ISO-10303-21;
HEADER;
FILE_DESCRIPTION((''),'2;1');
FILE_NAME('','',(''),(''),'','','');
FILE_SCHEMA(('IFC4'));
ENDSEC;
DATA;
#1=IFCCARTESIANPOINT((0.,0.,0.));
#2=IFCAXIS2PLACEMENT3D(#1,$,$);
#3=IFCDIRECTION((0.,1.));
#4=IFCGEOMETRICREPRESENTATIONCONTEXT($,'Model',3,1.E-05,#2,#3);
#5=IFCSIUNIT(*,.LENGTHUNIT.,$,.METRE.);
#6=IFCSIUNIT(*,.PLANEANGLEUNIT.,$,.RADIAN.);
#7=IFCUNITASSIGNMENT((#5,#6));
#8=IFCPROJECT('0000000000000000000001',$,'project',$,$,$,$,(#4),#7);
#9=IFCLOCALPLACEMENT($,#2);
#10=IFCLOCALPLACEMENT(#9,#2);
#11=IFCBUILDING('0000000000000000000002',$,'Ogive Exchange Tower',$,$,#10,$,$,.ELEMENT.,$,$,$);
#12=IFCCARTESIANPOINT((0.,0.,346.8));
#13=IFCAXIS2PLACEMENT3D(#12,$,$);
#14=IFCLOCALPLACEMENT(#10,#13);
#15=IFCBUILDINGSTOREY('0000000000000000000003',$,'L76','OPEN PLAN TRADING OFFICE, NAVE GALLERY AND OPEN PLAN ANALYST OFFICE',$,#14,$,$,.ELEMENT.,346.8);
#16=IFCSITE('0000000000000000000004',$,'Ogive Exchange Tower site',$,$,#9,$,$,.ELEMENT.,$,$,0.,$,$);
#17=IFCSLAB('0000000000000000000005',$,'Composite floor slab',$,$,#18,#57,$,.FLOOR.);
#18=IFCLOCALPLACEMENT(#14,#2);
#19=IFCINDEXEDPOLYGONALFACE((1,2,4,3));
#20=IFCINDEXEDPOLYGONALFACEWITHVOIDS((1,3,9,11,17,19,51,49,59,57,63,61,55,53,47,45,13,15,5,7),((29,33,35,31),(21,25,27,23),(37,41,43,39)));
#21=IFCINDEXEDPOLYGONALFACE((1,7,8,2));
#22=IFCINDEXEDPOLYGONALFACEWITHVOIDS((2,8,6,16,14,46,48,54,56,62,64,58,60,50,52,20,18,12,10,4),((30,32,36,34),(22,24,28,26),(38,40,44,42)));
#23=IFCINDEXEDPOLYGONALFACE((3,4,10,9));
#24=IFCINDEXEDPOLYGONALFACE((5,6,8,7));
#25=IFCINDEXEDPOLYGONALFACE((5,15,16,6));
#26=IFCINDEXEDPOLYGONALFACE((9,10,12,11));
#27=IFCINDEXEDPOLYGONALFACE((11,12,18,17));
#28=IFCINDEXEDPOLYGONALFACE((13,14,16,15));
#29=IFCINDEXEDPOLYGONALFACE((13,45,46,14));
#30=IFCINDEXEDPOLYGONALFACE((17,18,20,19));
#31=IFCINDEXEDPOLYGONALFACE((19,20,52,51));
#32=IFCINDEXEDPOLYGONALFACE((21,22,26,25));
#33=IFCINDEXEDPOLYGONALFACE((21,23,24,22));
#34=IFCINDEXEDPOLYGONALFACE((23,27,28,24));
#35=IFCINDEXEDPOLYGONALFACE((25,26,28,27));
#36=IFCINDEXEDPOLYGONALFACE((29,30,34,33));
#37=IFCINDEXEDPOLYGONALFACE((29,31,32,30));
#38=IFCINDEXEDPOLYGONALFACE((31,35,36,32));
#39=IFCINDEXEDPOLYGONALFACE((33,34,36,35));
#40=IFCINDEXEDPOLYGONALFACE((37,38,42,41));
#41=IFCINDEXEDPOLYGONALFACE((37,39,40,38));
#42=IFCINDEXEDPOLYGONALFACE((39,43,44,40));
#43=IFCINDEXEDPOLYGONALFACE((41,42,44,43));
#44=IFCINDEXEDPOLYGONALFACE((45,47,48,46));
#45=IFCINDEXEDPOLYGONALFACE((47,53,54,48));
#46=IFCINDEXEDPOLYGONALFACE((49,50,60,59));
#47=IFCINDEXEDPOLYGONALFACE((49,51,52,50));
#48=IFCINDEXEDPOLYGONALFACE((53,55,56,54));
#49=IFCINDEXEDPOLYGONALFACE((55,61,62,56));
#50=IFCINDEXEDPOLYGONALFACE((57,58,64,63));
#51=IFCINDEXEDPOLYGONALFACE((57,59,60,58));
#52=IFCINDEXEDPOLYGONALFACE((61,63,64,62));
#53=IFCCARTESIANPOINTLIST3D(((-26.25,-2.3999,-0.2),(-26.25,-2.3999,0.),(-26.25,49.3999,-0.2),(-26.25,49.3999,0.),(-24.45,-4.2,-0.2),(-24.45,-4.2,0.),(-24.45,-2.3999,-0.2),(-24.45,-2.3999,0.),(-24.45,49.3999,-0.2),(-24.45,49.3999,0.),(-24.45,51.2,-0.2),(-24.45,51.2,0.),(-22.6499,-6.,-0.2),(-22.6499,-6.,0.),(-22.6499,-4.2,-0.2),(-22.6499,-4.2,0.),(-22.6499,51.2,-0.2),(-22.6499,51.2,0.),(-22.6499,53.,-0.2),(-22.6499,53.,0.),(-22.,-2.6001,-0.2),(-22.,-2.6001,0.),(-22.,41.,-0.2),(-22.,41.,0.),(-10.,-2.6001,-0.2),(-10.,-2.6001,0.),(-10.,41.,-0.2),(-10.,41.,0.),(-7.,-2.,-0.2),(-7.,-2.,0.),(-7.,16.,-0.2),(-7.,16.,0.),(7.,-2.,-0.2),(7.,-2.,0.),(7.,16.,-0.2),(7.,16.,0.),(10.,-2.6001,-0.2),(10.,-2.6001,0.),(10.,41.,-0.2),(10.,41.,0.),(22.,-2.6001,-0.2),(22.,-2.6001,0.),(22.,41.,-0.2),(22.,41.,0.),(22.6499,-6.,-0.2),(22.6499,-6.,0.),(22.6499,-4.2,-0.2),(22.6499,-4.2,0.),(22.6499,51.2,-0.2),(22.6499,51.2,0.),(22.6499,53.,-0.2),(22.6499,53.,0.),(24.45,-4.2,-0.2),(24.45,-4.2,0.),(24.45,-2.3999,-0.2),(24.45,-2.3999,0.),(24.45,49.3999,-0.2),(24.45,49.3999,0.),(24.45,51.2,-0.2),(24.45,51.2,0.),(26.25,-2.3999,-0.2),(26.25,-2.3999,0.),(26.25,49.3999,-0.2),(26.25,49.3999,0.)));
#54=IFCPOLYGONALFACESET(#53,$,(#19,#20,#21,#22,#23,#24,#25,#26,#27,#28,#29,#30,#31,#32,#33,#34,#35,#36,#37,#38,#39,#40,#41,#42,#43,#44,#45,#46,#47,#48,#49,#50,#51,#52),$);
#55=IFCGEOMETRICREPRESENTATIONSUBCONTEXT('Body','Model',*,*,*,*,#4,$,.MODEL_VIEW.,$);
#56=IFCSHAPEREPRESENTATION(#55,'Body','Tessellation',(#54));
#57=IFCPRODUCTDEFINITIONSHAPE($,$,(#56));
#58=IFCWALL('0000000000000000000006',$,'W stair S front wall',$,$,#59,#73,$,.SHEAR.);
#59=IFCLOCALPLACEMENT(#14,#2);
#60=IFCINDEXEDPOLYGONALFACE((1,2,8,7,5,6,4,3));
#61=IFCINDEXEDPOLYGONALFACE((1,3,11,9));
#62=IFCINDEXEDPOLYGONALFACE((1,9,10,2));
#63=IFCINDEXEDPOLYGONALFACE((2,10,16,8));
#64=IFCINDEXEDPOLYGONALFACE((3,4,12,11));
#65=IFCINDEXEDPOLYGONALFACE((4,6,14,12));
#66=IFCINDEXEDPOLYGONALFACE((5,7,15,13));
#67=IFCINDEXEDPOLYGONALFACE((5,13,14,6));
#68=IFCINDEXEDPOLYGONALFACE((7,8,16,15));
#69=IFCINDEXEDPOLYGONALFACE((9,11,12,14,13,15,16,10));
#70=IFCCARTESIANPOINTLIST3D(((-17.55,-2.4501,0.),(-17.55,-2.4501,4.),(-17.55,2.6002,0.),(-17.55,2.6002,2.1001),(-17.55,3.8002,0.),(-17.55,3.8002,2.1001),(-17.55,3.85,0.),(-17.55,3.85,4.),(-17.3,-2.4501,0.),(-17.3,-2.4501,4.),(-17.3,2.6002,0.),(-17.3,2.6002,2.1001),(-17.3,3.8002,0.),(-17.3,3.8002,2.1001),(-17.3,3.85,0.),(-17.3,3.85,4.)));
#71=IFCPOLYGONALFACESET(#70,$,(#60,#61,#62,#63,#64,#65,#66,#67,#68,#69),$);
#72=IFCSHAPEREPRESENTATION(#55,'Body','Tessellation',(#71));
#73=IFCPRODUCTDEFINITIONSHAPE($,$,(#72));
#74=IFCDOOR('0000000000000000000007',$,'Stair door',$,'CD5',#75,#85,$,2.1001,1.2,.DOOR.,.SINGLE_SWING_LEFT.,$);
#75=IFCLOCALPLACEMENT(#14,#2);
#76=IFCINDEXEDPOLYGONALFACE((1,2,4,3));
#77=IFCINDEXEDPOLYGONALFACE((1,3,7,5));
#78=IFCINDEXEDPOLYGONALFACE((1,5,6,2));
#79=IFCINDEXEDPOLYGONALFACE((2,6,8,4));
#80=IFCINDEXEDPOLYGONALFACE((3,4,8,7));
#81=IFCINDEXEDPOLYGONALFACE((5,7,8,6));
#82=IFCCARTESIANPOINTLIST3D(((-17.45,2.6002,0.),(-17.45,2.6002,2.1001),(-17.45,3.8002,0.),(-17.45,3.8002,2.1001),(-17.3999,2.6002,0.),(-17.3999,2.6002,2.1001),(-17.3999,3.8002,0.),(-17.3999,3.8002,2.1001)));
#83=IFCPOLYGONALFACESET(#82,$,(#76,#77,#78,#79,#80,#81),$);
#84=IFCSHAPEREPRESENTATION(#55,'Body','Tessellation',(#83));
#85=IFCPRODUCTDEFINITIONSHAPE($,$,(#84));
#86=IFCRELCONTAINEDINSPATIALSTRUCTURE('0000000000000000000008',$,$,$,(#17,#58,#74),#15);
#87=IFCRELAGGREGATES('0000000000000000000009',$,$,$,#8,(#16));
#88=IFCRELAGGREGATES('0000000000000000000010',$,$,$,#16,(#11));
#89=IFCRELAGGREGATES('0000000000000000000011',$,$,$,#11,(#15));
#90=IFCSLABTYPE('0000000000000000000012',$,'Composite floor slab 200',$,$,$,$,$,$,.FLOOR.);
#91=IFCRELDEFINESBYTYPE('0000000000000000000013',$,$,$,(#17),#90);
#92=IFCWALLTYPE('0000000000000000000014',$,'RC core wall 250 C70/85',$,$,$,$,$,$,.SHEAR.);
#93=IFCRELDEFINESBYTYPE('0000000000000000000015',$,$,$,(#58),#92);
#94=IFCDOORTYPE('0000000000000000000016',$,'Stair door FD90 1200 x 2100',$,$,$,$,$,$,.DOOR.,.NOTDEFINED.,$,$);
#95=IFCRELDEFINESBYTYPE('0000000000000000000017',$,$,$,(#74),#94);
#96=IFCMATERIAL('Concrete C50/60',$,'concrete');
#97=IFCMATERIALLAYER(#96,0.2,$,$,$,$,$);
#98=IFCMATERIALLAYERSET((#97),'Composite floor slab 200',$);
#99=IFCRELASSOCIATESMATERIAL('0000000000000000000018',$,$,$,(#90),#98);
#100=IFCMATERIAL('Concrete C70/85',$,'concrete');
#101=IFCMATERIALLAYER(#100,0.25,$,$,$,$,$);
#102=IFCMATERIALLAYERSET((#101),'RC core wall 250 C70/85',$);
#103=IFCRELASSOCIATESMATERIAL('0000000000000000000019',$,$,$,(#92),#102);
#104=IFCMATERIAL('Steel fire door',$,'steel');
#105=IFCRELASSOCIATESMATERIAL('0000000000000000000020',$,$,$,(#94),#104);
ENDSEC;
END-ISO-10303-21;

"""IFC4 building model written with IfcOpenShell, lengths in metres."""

from ifc_helpers import new_model, si_unit, direction, frame, frame_2d, origin, place, context, subcontext, project, spatial, polyline, rectangle, outline, extrude, material, layer, layer_set, type_object, element, fill, save


model = new_model("IFC4")

# Units and contexts
model_context = context("Model", 3, precision=1e-05, world=origin(), true_north=direction((0.0, 1.0)))
body_context = subcontext(model_context, "Body", "Model", "MODEL_VIEW")
ifc_project = project(units=[si_unit("LENGTHUNIT", "METRE"), si_unit("PLANEANGLEUNIT", "RADIAN")], contexts=[model_context])

# Site, building, storey
site_placement = place(None, origin())
site = spatial("IfcSite", under=ifc_project, at=site_placement, Name="Ogive Exchange Tower site", CompositionType="ELEMENT", RefElevation=0.0)
building_placement = place(site_placement, origin())
building = spatial("IfcBuilding", under=site, at=building_placement, Name="Ogive Exchange Tower", CompositionType="ELEMENT")
storey_placement = place(building_placement, frame((0.0, 0.0, 346.8)))
storey = spatial("IfcBuildingStorey", under=building, at=storey_placement, Name="L76", Description="OPEN PLAN TRADING OFFICE, NAVE GALLERY AND OPEN PLAN ANALYST OFFICE", CompositionType="ELEMENT", Elevation=346.8)

# Slab
ifc_material_1 = material(Name="Concrete C50/60", Category="concrete")
ifc_layer_1 = layer(ifc_material_1, 0.2)
ifc_layer_set_1 = layer_set([ifc_layer_1], Name="Composite floor slab 200")
slab_type = type_object("IfcSlabType", Name="Composite floor slab 200", PredefinedType="FLOOR", material=ifc_layer_set_1)
slab_placement = place(storey_placement, frame((0.0, 0.0, -0.2)))
element("IfcSlab", 1, at=slab_placement, inside=storey, type_object=slab_type, Name="Composite floor slab", PredefinedType="FLOOR", context=body_context, shape_type="SweptSolid", body=[
    extrude(outline(polyline([(-22.6499, -4.2), (-24.45, -4.2), (-24.45, -2.3999), (-26.25, -2.3999), (-26.25, 49.3999), (-24.45, 49.3999), (-24.45, 51.2), (-22.6499, 51.2), (-22.6499, 53.0), (22.6499, 53.0), (22.6499, 51.2), (24.45, 51.2), (24.45, 49.3999), (26.25, 49.3999), (26.25, -2.3999), (24.45, -2.3999), (24.45, -4.2), (22.6499, -4.2), (22.6499, -6.0), (-22.6499, -6.0), (-22.6499, -4.2)]), holes=[polyline([(7.0, -2.0), (7.0, 16.0), (-7.0, 16.0), (-7.0, -2.0), (7.0, -2.0)]), polyline([(-22.0, -2.6001), (-10.0, -2.6001), (-10.0, 41.0), (-22.0, 41.0), (-22.0, -2.6001)]), polyline([(10.0, -2.6001), (22.0, -2.6001), (22.0, 41.0), (10.0, 41.0), (10.0, -2.6001)])]), origin(), (0.0, 0.0, 1.0), 0.2),
])

# Wall, opening, door
ifc_material_2 = material(Name="Concrete C70/85", Category="concrete")
ifc_layer_2 = layer(ifc_material_2, 0.25)
ifc_layer_set_2 = layer_set([ifc_layer_2], Name="RC core wall 250 C70/85")
wall_type_1 = type_object("IfcWallType", Name="RC core wall 250 C70/85", PredefinedType="SHEAR", material=ifc_layer_set_2)
wall_1_placement = place(storey_placement, frame((-17.425, -2.45, 0.0), z_axis=(0.0, 0.0, 1.0), x_axis=(0.0, 1.0, 0.0)))
wall_1 = element("IfcWall", 2, at=wall_1_placement, inside=storey, type_object=wall_type_1, Name="W stair S front wall", PredefinedType="SHEAR", context=body_context, shape_type="SweptSolid", body=[
    extrude(rectangle(XDim=6.3, YDim=0.25, at=frame_2d((3.1499, 0.0))), origin(), (0.0, 0.0, 1.0), 4.0),
])
opening_1_placement = place(wall_1_placement, frame((5.05, 0.0, 0.0)))
opening_1 = element("IfcOpeningElement", 3, at=opening_1_placement, cuts=wall_1, PredefinedType="OPENING", context=body_context, shape_type="SweptSolid", body=[
    extrude(rectangle(XDim=1.2, YDim=2.1001, at=frame_2d((0.6001, 1.05))), frame((0.0, 0.135, 0.0), z_axis=(0.0, -1.0, 0.0), x_axis=(1.0, 0.0, 0.0)), (0.0, 0.0, 1.0), 0.27),
])
ifc_material_3 = material(Name="Steel fire door", Category="steel")
door_type_1 = type_object("IfcDoorType", Name="Stair door FD90 1200 x 2100", OperationType="NOTDEFINED", PredefinedType="DOOR", material=ifc_material_3)
door_1_placement = place(opening_1_placement, origin())
door_1 = element("IfcDoor", 4, at=door_1_placement, inside=storey, type_object=door_type_1, Name="Stair door", ObjectType="CD5", OperationType="SINGLE_SWING_LEFT", OverallHeight=2.1001, OverallWidth=1.2, PredefinedType="DOOR", context=body_context, shape_type="SweptSolid", body=[
    extrude(rectangle(XDim=1.2, YDim=2.1001, at=frame_2d((0.6001, 1.05))), frame((0.0, 0.0249, 0.0), z_axis=(0.0, -1.0, 0.0), x_axis=(1.0, 0.0, 0.0)), (0.0, 0.0, 1.0), 0.05),
])
fill(opening_1, door_1)

save(model, "model.ifc")
